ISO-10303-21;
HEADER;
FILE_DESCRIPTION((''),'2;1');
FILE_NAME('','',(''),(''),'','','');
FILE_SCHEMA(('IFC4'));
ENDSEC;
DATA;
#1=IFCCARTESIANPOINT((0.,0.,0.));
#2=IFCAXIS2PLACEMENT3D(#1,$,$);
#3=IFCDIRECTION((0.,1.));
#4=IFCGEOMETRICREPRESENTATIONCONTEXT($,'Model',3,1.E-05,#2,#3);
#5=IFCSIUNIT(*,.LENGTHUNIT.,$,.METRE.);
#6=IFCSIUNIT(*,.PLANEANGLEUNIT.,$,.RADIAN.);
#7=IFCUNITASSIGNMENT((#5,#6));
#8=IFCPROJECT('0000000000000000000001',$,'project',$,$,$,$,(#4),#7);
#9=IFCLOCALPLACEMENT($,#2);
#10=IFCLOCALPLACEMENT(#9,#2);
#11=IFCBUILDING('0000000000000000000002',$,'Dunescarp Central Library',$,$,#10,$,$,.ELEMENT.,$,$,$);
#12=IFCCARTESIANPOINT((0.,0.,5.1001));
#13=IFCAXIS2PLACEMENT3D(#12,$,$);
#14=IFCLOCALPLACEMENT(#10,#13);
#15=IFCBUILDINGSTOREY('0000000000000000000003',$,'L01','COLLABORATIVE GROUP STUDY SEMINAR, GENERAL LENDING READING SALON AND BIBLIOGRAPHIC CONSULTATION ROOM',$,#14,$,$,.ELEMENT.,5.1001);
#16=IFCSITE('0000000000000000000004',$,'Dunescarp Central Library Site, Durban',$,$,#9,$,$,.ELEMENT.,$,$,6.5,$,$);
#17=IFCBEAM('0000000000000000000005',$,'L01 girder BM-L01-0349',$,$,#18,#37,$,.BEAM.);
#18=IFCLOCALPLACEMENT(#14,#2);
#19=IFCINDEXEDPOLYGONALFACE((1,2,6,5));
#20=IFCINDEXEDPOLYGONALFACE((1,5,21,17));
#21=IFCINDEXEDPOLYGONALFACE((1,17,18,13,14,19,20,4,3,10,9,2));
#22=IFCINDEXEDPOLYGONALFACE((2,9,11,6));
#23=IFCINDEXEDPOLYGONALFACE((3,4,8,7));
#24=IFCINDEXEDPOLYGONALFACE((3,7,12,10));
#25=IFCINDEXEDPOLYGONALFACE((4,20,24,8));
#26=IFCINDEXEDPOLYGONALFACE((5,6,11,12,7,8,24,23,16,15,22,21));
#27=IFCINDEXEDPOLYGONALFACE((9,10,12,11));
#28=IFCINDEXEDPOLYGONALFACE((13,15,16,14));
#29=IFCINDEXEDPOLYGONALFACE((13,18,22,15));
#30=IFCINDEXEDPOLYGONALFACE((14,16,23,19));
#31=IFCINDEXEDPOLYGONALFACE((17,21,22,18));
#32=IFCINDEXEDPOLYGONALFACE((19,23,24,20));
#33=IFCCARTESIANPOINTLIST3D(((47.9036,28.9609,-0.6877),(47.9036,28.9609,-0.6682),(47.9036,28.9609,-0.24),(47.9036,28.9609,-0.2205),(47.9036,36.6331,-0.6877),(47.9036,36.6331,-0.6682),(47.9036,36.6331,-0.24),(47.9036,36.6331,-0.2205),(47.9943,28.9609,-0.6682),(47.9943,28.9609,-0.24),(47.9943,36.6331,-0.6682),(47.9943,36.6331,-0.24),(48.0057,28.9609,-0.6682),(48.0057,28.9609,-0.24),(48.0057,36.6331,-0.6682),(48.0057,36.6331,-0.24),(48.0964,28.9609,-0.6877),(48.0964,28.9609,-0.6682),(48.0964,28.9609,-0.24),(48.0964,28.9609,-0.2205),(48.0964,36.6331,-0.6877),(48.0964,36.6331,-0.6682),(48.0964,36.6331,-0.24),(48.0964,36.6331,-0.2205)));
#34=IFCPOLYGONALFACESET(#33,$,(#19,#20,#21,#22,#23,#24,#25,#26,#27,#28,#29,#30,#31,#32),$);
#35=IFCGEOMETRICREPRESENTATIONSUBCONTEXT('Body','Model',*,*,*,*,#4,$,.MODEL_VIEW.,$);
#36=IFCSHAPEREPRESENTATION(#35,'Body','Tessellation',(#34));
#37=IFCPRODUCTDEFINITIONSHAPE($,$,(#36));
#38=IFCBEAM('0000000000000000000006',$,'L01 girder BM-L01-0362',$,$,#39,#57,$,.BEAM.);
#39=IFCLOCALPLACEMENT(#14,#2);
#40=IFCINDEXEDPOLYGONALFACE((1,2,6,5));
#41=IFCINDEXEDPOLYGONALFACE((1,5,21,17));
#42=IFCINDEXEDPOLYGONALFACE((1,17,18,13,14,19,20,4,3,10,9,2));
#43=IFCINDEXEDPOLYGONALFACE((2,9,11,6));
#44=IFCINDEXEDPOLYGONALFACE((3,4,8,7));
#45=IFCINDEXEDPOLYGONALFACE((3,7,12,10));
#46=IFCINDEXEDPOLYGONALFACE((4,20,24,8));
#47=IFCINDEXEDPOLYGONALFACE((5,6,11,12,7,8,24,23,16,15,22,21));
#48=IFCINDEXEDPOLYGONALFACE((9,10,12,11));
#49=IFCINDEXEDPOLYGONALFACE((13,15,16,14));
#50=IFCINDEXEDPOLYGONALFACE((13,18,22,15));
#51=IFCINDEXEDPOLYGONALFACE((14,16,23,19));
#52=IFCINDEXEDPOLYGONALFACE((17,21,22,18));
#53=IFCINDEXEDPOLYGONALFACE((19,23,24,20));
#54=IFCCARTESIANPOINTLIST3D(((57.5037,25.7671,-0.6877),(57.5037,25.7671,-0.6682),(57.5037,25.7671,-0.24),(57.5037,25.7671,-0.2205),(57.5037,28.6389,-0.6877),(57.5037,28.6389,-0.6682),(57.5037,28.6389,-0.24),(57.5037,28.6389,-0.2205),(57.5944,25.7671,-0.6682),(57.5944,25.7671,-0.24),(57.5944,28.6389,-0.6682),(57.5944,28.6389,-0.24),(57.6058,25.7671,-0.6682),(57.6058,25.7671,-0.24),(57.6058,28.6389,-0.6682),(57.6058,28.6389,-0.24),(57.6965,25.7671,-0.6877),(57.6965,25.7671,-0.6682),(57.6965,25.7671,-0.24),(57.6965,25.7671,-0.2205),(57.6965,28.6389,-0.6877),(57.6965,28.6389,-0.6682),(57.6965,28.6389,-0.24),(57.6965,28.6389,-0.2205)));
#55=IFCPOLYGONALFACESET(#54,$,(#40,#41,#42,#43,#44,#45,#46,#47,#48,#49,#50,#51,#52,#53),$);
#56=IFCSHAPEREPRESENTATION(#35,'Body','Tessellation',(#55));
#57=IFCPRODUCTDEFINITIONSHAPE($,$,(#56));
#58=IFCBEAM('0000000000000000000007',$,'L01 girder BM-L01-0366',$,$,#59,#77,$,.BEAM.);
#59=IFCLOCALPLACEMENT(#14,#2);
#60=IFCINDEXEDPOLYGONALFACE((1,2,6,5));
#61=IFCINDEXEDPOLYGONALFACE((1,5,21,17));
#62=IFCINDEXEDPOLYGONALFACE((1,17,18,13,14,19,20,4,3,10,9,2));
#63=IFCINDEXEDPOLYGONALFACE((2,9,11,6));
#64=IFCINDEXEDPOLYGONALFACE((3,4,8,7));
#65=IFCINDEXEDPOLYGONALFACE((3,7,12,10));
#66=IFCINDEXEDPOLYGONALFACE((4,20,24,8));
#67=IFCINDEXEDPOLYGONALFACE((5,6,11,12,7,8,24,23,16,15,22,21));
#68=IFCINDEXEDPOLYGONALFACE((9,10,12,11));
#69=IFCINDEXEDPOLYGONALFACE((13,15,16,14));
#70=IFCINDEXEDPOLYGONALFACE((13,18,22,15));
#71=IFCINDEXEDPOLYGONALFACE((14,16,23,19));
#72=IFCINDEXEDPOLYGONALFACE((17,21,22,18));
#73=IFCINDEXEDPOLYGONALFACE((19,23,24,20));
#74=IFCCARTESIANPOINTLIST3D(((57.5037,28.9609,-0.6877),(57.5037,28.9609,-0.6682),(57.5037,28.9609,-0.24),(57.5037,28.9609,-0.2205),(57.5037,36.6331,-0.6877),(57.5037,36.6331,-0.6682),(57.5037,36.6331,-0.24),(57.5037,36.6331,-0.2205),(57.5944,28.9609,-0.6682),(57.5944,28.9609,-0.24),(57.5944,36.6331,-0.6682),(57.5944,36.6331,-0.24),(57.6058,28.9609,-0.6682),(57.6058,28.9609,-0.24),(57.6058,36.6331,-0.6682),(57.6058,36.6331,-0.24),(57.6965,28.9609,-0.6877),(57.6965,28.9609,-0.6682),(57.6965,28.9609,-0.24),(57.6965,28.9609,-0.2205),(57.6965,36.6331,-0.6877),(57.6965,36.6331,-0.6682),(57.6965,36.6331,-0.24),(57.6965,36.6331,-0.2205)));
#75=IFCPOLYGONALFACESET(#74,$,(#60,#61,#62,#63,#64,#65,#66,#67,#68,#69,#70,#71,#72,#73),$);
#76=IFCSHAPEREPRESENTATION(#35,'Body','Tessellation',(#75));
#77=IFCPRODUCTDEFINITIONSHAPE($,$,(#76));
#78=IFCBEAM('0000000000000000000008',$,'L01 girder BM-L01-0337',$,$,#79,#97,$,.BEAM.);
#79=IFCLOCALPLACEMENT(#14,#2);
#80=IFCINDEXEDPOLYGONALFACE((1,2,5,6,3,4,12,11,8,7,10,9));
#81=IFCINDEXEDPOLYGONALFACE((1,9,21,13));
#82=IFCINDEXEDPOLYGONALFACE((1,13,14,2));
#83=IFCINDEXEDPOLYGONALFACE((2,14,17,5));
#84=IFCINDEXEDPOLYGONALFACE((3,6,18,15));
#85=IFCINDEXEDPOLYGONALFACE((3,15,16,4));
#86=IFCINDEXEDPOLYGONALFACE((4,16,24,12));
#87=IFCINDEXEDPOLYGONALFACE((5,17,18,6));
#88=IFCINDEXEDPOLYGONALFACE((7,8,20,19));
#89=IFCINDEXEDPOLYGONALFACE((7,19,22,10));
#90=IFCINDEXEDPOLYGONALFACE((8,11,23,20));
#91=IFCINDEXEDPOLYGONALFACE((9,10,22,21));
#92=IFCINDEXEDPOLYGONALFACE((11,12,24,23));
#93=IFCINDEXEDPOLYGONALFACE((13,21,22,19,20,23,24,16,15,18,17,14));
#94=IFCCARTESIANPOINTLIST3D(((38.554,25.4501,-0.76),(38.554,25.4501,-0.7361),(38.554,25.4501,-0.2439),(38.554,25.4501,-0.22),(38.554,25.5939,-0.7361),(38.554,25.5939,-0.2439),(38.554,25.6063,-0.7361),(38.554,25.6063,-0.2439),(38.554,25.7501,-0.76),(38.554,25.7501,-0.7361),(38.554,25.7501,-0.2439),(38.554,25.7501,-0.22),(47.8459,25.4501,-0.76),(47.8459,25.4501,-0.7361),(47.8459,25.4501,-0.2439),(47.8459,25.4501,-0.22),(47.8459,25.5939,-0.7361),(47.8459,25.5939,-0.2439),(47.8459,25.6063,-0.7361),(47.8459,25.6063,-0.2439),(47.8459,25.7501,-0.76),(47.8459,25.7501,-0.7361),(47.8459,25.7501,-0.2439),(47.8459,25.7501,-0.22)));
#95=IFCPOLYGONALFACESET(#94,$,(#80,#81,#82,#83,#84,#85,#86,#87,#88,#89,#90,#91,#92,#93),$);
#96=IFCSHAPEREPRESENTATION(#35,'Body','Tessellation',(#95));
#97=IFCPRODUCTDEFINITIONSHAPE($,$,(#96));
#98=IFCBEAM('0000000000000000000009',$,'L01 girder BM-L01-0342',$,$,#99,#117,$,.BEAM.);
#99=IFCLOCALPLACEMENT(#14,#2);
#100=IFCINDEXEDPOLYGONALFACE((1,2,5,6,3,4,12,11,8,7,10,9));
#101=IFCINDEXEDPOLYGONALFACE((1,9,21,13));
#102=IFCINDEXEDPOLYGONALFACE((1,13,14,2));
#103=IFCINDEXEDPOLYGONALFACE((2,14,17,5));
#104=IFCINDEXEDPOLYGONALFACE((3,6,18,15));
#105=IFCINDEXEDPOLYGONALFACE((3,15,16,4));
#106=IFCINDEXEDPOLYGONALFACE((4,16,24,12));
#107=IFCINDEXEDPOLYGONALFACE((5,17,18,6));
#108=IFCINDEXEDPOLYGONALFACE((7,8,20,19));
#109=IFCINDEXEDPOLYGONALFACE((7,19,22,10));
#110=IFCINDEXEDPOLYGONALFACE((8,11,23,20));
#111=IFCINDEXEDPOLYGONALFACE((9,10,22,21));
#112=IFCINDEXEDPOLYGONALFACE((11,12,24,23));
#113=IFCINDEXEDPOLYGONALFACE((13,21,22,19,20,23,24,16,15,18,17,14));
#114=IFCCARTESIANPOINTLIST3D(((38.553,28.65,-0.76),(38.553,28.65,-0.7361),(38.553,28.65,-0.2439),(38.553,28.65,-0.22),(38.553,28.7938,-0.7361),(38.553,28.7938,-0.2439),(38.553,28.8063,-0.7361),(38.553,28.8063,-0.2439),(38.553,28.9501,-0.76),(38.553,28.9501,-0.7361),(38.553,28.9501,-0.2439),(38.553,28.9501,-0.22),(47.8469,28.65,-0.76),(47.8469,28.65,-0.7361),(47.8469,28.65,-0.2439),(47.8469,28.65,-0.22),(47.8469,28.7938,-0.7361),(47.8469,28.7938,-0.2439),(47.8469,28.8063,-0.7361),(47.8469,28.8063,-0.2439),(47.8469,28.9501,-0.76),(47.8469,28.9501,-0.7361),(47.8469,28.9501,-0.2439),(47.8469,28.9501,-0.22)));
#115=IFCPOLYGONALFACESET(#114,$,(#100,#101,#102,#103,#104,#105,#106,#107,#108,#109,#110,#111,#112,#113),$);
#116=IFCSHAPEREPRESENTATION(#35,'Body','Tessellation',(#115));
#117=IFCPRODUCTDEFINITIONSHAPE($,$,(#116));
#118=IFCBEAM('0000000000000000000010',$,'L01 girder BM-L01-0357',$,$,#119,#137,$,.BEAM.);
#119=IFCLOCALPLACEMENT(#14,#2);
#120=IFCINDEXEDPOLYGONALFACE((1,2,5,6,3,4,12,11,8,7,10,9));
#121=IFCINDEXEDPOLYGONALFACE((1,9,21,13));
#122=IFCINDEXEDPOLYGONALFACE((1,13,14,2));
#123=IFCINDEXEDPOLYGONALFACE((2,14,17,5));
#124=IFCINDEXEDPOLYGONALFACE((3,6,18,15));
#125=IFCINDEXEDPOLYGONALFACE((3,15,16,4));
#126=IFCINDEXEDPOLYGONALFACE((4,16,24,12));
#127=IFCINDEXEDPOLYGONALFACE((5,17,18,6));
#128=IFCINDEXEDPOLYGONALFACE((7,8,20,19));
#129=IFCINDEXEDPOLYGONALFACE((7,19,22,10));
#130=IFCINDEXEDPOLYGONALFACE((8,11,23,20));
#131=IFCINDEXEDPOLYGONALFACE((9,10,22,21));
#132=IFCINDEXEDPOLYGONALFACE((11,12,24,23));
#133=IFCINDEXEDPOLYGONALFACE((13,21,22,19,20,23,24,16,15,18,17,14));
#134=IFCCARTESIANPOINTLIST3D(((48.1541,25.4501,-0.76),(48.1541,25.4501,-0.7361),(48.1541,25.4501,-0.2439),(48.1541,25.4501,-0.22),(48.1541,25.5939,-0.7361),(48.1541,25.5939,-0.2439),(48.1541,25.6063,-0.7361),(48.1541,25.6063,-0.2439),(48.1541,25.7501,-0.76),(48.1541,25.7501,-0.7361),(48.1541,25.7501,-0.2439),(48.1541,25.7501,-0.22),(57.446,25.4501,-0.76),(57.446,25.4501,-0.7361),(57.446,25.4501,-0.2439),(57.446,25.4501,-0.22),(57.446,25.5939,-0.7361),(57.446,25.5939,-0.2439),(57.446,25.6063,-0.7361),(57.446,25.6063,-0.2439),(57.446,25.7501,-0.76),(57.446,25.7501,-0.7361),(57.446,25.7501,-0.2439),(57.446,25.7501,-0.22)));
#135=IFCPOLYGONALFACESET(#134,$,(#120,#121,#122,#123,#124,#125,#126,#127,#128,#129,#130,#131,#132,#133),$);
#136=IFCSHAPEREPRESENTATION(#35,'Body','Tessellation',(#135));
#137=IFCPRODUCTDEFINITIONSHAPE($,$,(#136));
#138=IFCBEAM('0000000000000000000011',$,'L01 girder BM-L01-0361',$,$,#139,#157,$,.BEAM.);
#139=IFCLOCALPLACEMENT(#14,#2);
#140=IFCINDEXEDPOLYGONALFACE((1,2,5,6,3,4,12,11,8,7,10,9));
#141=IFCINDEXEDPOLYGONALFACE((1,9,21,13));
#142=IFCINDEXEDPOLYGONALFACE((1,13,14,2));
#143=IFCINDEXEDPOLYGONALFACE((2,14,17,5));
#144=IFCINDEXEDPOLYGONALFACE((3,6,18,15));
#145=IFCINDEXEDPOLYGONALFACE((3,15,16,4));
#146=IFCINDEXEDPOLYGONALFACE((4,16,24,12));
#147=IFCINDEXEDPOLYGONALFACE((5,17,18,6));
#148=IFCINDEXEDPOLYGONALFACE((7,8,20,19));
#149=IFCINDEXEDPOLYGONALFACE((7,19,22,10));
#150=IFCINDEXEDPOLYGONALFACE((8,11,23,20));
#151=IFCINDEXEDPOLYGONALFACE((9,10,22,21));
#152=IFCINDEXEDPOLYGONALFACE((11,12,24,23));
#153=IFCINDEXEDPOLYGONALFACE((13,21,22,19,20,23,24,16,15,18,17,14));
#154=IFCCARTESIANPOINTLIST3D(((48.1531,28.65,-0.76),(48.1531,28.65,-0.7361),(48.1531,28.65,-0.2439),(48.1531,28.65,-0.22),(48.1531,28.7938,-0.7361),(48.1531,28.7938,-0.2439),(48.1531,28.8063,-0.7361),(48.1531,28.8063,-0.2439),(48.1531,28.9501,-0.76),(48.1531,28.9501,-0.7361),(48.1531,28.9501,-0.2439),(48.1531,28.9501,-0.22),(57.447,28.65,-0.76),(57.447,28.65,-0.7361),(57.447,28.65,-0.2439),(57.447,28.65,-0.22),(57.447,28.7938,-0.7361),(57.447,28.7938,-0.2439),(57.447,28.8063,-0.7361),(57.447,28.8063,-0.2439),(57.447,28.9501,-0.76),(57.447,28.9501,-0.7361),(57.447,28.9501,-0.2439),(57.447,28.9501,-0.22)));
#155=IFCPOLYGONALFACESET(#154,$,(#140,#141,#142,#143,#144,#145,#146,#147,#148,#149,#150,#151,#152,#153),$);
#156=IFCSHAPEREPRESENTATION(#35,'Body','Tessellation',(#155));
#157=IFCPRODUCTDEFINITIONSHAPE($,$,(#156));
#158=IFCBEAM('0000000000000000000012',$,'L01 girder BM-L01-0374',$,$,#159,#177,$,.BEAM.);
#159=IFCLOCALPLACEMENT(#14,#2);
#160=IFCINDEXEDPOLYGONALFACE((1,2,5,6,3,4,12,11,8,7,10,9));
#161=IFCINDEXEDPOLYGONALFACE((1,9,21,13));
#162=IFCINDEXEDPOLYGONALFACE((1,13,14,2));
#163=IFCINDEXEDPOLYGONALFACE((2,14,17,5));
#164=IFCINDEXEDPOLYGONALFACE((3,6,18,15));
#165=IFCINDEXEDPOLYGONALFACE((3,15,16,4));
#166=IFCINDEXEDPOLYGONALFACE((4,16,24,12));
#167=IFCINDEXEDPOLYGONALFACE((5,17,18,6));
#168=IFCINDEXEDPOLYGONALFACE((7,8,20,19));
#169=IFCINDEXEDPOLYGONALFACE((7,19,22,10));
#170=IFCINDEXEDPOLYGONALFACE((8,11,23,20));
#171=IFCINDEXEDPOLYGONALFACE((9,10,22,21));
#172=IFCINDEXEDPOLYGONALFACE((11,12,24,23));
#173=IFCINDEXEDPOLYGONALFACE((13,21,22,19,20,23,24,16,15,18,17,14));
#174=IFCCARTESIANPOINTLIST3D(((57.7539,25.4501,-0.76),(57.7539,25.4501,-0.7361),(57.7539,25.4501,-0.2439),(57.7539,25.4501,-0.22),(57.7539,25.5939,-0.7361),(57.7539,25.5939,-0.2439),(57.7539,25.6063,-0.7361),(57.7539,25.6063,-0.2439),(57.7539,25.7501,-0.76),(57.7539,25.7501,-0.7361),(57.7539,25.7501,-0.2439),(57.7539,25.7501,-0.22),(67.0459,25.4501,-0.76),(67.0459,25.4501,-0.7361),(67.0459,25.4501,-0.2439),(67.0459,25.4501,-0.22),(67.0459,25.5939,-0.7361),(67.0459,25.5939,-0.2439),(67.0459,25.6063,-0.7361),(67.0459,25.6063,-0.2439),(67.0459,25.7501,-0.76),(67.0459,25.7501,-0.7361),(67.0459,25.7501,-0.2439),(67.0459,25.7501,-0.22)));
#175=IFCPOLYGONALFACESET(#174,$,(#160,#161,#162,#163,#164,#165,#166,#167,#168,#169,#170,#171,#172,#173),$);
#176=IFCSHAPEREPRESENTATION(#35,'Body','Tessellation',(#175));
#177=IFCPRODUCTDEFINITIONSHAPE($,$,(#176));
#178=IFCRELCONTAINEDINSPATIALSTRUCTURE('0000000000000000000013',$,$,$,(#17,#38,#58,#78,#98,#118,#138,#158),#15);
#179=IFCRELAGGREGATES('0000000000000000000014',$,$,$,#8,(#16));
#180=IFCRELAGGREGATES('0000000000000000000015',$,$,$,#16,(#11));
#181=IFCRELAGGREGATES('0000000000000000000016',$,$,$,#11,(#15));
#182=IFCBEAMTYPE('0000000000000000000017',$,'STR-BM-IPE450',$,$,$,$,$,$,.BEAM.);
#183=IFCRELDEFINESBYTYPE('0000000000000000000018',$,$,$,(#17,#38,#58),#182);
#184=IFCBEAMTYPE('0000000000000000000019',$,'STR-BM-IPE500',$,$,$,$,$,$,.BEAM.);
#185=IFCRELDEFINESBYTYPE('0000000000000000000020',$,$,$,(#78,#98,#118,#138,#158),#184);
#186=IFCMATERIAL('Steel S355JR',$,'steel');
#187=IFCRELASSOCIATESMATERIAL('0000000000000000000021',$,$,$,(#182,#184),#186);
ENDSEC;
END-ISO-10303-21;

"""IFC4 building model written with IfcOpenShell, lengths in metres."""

from ifc_helpers import new_model, si_unit, direction, frame, origin, origin_2d, place, context, subcontext, project, spatial, i_section, extrude, material, material_profile, profile_set, type_object, element, save


model = new_model("IFC4")

# Units and contexts
model_context = context("Model", 3, precision=1e-05, world=origin(), true_north=direction((0.0, 1.0)))
body_context = subcontext(model_context, "Body", "Model", "MODEL_VIEW")
ifc_project = project(units=[si_unit("LENGTHUNIT", "METRE"), si_unit("PLANEANGLEUNIT", "RADIAN")], contexts=[model_context])

# Site, building, storey
site_placement = place(None, origin())
site = spatial("IfcSite", under=ifc_project, at=site_placement, Name="Dunescarp Central Library Site, Durban", CompositionType="ELEMENT", RefElevation=6.5)
building_placement = place(site_placement, origin())
building = spatial("IfcBuilding", under=site, at=building_placement, Name="Dunescarp Central Library", CompositionType="ELEMENT")
storey_placement = place(building_placement, frame((0.0, 0.0, 5.1001)))
storey = spatial("IfcBuildingStorey", under=building, at=storey_placement, Name="L01", Description="COLLABORATIVE GROUP STUDY SEMINAR, GENERAL LENDING READING SALON AND BIBLIOGRAPHIC CONSULTATION ROOM", CompositionType="ELEMENT", Elevation=5.1001)

# Shared definitions
ifc_material = material(Name="Steel S355JR", Category="steel")

# Beams
ifc_material_profile_1 = material_profile(ifc_material, i_section(OverallWidth=0.1929, OverallDepth=0.4673, WebThickness=0.0115, FlangeThickness=0.0195, at=origin_2d()), Name="UB 457x191x98")
ifc_profile_set_1 = profile_set([ifc_material_profile_1], Name="Steel S355JR")
beam_type_1 = type_object("IfcBeamType", Name="STR-BM-IPE450", PredefinedType="BEAM", material=ifc_profile_set_1)
for number, where, z_axis, x_axis, name in (
    (1, (48.0, 28.9609, -0.4541), (0.0, 1.0, 0.0), (-1.0, 0.0, 0.0), "L01 girder BM-L01-0349"),
):
    element("IfcBeam", number, at=place(storey_placement, frame(where, z_axis=z_axis, x_axis=x_axis)), inside=storey, type_object=beam_type_1, Name=name, PredefinedType="BEAM", context=body_context, shape_type="SweptSolid", body=[
        extrude(i_section(OverallWidth=0.1929, OverallDepth=0.4673, WebThickness=0.0115, FlangeThickness=0.0195, at=origin_2d()), origin(), (0.0, 0.0, 1.0), 7.6721),
    ])
beam_1_placement = place(storey_placement, frame((57.6001, 25.7671, -0.4541), z_axis=(0.0, 1.0, 0.0), x_axis=(-1.0, 0.0, 0.0)))
element("IfcBeam", 2, at=beam_1_placement, inside=storey, type_object=beam_type_1, Name="L01 girder BM-L01-0362", PredefinedType="BEAM", context=body_context, shape_type="SweptSolid", body=[
    extrude(i_section(OverallWidth=0.1929, OverallDepth=0.4673, WebThickness=0.0115, FlangeThickness=0.0195, at=origin_2d()), origin(), (0.0, 0.0, 1.0), 2.8718),
])
beam_2_placement = place(storey_placement, frame((57.6001, 28.9609, -0.4541), z_axis=(0.0, 1.0, 0.0), x_axis=(-1.0, 0.0, 0.0)))
element("IfcBeam", 3, at=beam_2_placement, inside=storey, type_object=beam_type_1, Name="L01 girder BM-L01-0366", PredefinedType="BEAM", context=body_context, shape_type="SweptSolid", body=[
    extrude(i_section(OverallWidth=0.1929, OverallDepth=0.4673, WebThickness=0.0115, FlangeThickness=0.0195, at=origin_2d()), origin(), (0.0, 0.0, 1.0), 7.6721),
])
ifc_material_profile_2 = material_profile(ifc_material, i_section(OverallWidth=0.3, OverallDepth=0.54, WebThickness=0.0125, FlangeThickness=0.0239, at=origin_2d()), Name="HEA 550")
ifc_profile_set_2 = profile_set([ifc_material_profile_2], Name="Steel S355JR")
beam_type_2 = type_object("IfcBeamType", Name="STR-BM-IPE500", PredefinedType="BEAM", material=ifc_profile_set_2)
beam_3_placement = place(storey_placement, frame((38.554, 25.6001, -0.49), z_axis=(1.0, 0.0, 0.0), x_axis=(0.0, 1.0, 0.0)))
element("IfcBeam", 4, at=beam_3_placement, inside=storey, type_object=beam_type_2, Name="L01 girder BM-L01-0337", PredefinedType="BEAM", context=body_context, shape_type="SweptSolid", body=[
    extrude(i_section(OverallWidth=0.3, OverallDepth=0.54, WebThickness=0.0125, FlangeThickness=0.0239, at=origin_2d()), origin(), (0.0, 0.0, 1.0), 9.292),
])
beam_4_placement = place(storey_placement, frame((38.553, 28.8, -0.49), z_axis=(1.0, 0.0, 0.0), x_axis=(0.0, 1.0, 0.0)))
element("IfcBeam", 5, at=beam_4_placement, inside=storey, type_object=beam_type_2, Name="L01 girder BM-L01-0342", PredefinedType="BEAM", context=body_context, shape_type="SweptSolid", body=[
    extrude(i_section(OverallWidth=0.3, OverallDepth=0.54, WebThickness=0.0125, FlangeThickness=0.0239, at=origin_2d()), origin(), (0.0, 0.0, 1.0), 9.2939),
])
beam_5_placement = place(storey_placement, frame((48.1541, 25.6001, -0.49), z_axis=(1.0, 0.0, 0.0), x_axis=(0.0, 1.0, 0.0)))
element("IfcBeam", 6, at=beam_5_placement, inside=storey, type_object=beam_type_2, Name="L01 girder BM-L01-0357", PredefinedType="BEAM", context=body_context, shape_type="SweptSolid", body=[
    extrude(i_section(OverallWidth=0.3, OverallDepth=0.54, WebThickness=0.0125, FlangeThickness=0.0239, at=origin_2d()), origin(), (0.0, 0.0, 1.0), 9.292),
])
beam_6_placement = place(storey_placement, frame((48.1531, 28.8, -0.49), z_axis=(1.0, 0.0, 0.0), x_axis=(0.0, 1.0, 0.0)))
element("IfcBeam", 7, at=beam_6_placement, inside=storey, type_object=beam_type_2, Name="L01 girder BM-L01-0361", PredefinedType="BEAM", context=body_context, shape_type="SweptSolid", body=[
    extrude(i_section(OverallWidth=0.3, OverallDepth=0.54, WebThickness=0.0125, FlangeThickness=0.0239, at=origin_2d()), origin(), (0.0, 0.0, 1.0), 9.2939),
])
beam_7_placement = place(storey_placement, frame((57.7539, 25.6001, -0.49), z_axis=(1.0, 0.0, 0.0), x_axis=(0.0, 1.0, 0.0)))
element("IfcBeam", 8, at=beam_7_placement, inside=storey, type_object=beam_type_2, Name="L01 girder BM-L01-0374", PredefinedType="BEAM", context=body_context, shape_type="SweptSolid", body=[
    extrude(i_section(OverallWidth=0.3, OverallDepth=0.54, WebThickness=0.0125, FlangeThickness=0.0239, at=origin_2d()), origin(), (0.0, 0.0, 1.0), 9.292),
])

save(model, "model.ifc")
